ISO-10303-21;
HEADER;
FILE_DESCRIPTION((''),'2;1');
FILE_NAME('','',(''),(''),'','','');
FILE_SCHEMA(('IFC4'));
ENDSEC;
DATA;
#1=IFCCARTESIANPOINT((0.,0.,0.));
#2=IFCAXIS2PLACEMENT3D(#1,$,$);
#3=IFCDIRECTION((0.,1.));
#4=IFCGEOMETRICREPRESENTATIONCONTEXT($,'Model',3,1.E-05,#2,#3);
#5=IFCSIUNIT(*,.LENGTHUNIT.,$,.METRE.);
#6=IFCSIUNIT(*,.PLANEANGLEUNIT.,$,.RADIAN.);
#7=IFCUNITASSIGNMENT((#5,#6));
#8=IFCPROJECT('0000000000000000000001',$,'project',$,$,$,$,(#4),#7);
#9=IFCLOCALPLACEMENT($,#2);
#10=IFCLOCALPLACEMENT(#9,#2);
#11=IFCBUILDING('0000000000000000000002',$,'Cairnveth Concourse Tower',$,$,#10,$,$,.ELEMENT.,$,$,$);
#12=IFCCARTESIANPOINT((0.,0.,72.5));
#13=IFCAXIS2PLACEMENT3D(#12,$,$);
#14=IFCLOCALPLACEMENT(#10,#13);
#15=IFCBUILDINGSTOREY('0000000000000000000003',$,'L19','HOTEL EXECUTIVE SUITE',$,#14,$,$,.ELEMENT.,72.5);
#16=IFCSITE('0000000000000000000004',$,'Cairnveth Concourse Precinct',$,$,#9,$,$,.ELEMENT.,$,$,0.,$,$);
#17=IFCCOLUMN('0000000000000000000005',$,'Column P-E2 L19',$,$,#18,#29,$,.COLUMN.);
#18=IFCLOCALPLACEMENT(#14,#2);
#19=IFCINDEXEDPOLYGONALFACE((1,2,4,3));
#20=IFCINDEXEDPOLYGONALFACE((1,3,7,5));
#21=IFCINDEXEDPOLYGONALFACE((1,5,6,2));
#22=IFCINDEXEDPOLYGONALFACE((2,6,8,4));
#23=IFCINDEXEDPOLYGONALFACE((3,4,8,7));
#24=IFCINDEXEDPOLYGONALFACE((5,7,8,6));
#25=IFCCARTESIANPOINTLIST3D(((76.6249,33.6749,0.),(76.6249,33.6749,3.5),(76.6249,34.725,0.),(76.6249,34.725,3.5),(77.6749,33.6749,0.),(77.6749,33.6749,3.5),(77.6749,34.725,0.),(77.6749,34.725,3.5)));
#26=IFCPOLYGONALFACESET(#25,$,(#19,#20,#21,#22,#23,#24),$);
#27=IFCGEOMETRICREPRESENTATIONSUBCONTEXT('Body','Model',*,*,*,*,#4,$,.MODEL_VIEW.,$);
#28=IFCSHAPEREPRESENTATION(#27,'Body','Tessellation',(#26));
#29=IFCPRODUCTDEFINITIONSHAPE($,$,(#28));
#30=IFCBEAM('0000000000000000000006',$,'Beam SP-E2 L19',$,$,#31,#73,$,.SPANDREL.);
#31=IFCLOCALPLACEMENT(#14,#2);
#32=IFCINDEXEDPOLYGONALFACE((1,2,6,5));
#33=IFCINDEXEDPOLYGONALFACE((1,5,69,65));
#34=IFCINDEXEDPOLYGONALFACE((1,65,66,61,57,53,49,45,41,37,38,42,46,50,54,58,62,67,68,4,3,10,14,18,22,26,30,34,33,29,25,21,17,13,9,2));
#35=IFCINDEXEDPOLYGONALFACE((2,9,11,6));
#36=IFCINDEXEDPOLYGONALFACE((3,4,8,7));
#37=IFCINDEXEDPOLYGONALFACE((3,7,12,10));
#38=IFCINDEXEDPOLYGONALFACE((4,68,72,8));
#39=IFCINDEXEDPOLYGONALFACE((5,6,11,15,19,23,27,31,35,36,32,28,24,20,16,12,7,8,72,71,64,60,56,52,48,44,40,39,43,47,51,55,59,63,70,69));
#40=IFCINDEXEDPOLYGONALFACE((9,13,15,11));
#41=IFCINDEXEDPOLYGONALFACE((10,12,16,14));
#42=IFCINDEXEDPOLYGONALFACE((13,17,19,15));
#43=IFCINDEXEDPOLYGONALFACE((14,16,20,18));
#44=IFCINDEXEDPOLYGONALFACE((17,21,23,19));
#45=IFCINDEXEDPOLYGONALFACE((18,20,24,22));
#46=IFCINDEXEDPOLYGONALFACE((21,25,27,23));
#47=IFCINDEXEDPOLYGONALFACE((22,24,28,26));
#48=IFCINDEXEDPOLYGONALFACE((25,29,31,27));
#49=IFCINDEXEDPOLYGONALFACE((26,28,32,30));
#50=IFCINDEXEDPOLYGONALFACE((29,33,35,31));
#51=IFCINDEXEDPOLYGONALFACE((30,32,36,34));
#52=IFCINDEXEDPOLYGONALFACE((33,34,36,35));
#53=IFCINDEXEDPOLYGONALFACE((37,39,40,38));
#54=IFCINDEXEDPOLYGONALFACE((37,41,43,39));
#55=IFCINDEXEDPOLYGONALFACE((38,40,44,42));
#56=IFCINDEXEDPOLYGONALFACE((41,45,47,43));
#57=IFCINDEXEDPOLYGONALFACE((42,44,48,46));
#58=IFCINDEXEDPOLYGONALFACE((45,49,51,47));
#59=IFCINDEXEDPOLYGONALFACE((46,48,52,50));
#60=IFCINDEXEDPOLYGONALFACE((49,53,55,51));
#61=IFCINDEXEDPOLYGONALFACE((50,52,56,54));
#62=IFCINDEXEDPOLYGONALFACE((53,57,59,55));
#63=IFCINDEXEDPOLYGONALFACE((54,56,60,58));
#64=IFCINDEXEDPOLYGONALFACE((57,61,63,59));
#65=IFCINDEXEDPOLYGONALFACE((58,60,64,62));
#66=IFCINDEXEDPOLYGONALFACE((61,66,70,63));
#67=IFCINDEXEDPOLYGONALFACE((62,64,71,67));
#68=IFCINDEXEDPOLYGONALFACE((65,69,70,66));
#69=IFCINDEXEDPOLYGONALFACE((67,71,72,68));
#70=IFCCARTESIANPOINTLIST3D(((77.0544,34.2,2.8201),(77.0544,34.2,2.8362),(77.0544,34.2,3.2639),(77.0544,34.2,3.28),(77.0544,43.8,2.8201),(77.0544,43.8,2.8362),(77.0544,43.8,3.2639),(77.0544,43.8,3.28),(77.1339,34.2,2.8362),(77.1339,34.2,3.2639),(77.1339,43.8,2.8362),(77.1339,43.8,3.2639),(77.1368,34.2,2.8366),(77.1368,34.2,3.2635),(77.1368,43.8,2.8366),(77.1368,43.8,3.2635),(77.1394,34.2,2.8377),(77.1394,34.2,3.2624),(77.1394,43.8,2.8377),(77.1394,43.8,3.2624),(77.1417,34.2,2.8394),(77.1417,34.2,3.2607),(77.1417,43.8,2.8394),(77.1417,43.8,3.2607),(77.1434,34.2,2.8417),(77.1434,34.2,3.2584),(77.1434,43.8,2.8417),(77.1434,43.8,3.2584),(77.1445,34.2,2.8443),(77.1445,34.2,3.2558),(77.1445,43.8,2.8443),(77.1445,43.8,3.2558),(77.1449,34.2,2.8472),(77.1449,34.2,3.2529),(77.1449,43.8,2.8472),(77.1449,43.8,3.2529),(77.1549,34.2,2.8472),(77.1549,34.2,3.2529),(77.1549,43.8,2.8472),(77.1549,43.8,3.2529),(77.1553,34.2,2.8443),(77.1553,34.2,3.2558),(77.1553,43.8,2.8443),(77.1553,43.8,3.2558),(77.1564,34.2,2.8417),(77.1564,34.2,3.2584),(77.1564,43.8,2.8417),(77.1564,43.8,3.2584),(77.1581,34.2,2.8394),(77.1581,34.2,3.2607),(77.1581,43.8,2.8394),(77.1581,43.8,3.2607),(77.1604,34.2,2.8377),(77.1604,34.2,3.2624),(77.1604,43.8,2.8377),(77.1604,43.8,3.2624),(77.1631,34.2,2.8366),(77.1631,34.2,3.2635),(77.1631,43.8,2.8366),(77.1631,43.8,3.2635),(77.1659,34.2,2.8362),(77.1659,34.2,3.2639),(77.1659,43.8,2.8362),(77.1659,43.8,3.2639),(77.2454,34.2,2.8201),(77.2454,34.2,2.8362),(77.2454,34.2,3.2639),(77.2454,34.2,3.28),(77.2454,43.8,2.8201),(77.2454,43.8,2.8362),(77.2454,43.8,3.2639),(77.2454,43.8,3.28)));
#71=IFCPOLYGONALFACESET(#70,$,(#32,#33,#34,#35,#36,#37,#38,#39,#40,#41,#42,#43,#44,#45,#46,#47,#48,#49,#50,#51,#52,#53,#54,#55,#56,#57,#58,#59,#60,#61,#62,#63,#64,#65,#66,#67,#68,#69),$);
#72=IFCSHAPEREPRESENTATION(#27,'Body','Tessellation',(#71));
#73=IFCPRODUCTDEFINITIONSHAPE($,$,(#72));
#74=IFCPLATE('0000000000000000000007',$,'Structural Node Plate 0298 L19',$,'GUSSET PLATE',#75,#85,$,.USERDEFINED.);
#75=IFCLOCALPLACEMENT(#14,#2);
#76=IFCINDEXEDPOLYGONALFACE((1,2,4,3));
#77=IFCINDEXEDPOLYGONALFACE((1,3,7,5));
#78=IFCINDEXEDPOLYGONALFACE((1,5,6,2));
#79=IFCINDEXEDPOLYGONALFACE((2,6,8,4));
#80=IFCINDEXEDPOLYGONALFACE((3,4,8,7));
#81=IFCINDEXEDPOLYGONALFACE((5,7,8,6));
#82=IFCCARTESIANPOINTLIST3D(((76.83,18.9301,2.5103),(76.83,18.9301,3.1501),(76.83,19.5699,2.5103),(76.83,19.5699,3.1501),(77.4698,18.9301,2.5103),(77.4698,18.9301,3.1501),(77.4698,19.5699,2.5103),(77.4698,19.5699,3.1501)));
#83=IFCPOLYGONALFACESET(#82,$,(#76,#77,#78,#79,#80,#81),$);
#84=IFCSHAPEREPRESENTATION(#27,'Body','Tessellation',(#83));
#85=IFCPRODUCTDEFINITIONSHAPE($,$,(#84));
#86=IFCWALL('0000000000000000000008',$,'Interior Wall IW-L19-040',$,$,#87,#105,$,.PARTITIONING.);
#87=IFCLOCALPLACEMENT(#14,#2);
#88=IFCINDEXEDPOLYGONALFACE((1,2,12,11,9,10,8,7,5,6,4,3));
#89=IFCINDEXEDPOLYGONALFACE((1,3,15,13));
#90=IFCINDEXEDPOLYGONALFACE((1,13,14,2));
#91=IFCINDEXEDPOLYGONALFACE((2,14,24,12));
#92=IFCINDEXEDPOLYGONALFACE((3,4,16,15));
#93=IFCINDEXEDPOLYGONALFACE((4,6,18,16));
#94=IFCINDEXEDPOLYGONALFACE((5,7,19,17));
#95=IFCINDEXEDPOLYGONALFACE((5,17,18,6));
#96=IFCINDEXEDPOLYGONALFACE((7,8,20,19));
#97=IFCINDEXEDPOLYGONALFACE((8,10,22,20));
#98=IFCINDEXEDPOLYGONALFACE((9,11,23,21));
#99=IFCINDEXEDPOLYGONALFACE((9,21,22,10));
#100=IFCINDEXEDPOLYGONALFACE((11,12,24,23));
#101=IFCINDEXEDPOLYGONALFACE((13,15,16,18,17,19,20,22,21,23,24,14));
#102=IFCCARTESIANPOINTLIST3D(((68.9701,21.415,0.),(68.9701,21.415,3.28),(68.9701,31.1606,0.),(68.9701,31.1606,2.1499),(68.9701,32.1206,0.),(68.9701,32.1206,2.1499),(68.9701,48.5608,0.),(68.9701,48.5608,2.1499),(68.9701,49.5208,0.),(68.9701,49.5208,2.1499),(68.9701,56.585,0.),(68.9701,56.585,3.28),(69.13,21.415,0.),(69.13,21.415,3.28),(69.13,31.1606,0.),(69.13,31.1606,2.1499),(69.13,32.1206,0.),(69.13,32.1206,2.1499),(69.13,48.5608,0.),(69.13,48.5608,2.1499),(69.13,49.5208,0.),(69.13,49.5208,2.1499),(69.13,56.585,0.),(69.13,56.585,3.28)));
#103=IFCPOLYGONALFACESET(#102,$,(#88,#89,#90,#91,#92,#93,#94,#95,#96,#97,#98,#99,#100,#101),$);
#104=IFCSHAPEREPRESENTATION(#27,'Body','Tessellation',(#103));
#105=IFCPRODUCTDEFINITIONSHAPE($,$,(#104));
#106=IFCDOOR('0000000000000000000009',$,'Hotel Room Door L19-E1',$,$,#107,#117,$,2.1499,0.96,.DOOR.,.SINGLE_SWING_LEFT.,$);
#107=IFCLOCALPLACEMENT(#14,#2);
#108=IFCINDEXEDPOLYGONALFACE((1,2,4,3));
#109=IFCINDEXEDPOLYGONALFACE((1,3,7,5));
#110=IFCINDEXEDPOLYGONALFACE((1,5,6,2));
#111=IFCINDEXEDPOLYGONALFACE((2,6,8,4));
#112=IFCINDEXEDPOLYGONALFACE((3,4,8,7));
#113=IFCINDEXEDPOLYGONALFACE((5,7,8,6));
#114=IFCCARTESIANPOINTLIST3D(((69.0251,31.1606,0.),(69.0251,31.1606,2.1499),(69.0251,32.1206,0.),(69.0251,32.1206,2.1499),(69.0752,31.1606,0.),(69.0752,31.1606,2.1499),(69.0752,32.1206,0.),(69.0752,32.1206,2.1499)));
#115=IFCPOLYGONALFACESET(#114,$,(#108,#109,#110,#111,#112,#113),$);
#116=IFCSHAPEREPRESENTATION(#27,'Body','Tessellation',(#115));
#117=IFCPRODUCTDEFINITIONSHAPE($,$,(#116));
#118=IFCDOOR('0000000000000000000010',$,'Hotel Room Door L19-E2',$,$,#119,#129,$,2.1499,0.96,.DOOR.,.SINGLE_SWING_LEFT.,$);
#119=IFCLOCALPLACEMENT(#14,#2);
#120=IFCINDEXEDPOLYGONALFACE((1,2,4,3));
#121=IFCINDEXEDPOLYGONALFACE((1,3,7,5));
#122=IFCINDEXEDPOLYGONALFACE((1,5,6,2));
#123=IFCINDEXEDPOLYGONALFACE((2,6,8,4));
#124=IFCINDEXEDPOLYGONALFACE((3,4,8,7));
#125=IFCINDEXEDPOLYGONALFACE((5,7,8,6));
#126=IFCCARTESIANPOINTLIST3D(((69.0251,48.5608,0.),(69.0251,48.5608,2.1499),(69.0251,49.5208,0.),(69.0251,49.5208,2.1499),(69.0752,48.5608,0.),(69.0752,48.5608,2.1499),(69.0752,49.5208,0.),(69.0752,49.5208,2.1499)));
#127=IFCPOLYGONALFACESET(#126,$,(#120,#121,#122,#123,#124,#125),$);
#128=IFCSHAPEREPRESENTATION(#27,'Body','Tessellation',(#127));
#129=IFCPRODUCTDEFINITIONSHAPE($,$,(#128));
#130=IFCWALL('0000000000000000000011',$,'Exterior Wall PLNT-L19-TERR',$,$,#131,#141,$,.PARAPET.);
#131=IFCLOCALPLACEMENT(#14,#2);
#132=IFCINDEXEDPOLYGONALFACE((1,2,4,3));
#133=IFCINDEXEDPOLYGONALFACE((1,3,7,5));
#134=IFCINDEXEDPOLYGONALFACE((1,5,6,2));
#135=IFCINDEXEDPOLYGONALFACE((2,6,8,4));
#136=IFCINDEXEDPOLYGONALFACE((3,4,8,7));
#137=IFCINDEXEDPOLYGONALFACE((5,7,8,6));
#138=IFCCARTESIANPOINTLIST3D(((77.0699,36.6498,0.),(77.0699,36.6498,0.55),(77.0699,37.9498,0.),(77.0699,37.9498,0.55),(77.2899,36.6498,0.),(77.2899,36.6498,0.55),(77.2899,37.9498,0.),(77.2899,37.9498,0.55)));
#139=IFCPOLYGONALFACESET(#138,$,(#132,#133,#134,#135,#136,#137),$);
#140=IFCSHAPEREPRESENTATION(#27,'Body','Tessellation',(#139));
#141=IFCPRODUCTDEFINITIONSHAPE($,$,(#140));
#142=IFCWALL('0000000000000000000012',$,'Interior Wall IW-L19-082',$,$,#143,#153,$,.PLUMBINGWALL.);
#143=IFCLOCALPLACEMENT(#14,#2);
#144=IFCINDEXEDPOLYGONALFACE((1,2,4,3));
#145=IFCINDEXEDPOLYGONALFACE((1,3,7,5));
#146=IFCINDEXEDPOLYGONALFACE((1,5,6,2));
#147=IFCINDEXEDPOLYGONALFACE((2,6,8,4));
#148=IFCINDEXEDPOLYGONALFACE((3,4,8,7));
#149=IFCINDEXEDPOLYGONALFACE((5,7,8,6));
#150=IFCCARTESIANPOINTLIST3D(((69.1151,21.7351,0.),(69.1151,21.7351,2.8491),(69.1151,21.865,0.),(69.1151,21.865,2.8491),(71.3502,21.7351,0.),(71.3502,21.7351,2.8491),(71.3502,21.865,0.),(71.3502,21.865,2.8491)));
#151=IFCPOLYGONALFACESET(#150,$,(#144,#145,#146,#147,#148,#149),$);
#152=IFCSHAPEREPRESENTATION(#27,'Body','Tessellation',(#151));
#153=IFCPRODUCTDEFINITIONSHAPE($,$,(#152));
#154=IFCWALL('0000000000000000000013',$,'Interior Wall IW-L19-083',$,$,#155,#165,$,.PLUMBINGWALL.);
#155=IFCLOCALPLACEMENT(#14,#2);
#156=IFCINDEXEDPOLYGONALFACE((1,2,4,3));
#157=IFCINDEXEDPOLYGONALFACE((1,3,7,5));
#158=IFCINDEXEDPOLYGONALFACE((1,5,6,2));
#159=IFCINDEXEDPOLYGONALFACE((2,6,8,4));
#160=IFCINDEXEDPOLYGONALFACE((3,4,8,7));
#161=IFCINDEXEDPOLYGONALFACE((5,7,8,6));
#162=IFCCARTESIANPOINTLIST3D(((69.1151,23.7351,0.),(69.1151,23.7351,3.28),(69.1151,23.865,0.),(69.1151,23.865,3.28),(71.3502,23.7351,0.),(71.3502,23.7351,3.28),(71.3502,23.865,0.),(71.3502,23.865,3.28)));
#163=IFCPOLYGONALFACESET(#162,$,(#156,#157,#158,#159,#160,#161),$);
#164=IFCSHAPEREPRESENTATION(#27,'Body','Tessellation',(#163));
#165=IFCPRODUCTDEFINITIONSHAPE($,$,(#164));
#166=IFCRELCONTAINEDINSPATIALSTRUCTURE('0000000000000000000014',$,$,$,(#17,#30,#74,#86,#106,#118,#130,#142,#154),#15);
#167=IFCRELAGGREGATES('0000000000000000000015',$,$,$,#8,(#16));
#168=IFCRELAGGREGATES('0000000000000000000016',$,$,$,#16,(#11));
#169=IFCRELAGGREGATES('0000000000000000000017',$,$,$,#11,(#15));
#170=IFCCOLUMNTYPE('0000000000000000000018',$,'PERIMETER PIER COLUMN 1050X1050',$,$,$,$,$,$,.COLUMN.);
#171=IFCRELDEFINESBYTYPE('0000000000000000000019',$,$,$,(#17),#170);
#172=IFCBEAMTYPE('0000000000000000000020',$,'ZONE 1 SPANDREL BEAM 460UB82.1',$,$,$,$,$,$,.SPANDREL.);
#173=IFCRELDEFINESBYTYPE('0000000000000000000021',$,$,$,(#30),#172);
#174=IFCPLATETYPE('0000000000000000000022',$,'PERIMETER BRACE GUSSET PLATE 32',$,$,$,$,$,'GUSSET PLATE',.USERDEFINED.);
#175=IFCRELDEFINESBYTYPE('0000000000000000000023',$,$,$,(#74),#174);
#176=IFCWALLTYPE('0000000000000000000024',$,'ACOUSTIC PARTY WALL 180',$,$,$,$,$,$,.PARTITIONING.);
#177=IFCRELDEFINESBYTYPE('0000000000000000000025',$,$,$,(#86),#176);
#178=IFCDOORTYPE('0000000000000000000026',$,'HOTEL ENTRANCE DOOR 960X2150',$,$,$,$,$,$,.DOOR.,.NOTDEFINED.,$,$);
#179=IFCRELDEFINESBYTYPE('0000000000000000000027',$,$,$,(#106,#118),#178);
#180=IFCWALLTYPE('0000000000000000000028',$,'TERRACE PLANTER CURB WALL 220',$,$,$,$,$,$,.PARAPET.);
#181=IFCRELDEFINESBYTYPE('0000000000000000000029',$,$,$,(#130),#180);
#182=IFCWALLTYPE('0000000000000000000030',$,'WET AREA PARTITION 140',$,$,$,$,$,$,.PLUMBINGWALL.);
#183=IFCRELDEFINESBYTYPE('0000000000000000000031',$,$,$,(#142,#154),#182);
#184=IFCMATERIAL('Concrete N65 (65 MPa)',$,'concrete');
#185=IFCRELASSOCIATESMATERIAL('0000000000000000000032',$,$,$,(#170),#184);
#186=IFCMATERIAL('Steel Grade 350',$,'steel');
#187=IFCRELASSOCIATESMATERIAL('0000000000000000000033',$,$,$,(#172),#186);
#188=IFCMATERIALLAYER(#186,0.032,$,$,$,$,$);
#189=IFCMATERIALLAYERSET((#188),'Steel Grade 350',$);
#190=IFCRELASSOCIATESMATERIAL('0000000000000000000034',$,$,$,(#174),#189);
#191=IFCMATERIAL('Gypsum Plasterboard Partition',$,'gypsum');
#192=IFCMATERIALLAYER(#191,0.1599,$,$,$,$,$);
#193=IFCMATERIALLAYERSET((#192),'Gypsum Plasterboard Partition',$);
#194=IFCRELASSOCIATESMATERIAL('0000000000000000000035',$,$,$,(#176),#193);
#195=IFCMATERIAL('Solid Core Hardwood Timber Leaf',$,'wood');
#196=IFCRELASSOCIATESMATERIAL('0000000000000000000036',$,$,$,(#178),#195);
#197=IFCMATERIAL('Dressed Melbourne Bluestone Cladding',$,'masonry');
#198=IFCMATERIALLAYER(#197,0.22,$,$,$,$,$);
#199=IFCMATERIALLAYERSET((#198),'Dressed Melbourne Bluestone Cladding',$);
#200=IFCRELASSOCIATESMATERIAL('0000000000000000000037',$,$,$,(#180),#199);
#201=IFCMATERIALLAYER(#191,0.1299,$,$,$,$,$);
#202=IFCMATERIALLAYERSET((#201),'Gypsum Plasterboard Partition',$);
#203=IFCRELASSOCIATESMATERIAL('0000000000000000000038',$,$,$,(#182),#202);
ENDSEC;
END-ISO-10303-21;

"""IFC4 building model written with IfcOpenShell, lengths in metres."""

from ifc_helpers import new_model, si_unit, direction, frame, frame_2d, origin, origin_2d, place, context, subcontext, project, spatial, rectangle, i_section, extrude, material, layer, layer_set, material_profile, profile_set, type_object, element, fill, save


model = new_model("IFC4")

# Units and contexts
model_context = context("Model", 3, precision=1e-05, world=origin(), true_north=direction((0.0, 1.0)))
body_context = subcontext(model_context, "Body", "Model", "MODEL_VIEW")
ifc_project = project(units=[si_unit("LENGTHUNIT", "METRE"), si_unit("PLANEANGLEUNIT", "RADIAN")], contexts=[model_context])

# Site, building, storey
site_placement = place(None, origin())
site = spatial("IfcSite", under=ifc_project, at=site_placement, Name="Cairnveth Concourse Precinct", CompositionType="ELEMENT", RefElevation=0.0)
building_placement = place(site_placement, origin())
building = spatial("IfcBuilding", under=site, at=building_placement, Name="Cairnveth Concourse Tower", CompositionType="ELEMENT")
storey_placement = place(building_placement, frame((0.0, 0.0, 72.5)))
storey = spatial("IfcBuildingStorey", under=building, at=storey_placement, Name="L19", Description="HOTEL EXECUTIVE SUITE", CompositionType="ELEMENT", Elevation=72.5)

# Column
ifc_material_1 = material(Name="Concrete N65 (65 MPa)", Category="concrete")
ifc_material_profile_1 = material_profile(ifc_material_1, rectangle(XDim=1.05, YDim=1.05, at=origin_2d()), Name="RC-COL-1050x1050")
ifc_profile_set_1 = profile_set([ifc_material_profile_1], Name="Concrete N65 (65 MPa)")
column_type = type_object("IfcColumnType", Name="PERIMETER PIER COLUMN 1050X1050", PredefinedType="COLUMN", material=ifc_profile_set_1)
column_placement = place(storey_placement, frame((77.1499, 34.2, 0.0), z_axis=(0.0, 0.0, 1.0), x_axis=(0.0, 1.0, 0.0)))
element("IfcColumn", 1, at=column_placement, inside=storey, type_object=column_type, Name="Column P-E2 L19", PredefinedType="COLUMN", context=body_context, shape_type="SweptSolid", body=[
    extrude(rectangle(XDim=1.05, YDim=1.05, at=origin_2d()), origin(), (0.0, 0.0, 1.0), 3.5),
])

# Beam
ifc_material_2 = material(Name="Steel Grade 350", Category="steel")
ifc_material_profile_2 = material_profile(ifc_material_2, i_section(OverallWidth=0.1909, OverallDepth=0.46, WebThickness=0.01, FlangeThickness=0.0161, FilletRadius=0.011, at=origin_2d()), Name="460UB82.1")
ifc_profile_set_2 = profile_set([ifc_material_profile_2], Name="Steel Grade 350")
beam_type = type_object("IfcBeamType", Name="ZONE 1 SPANDREL BEAM 460UB82.1", PredefinedType="SPANDREL", material=ifc_profile_set_2)
beam_placement = place(storey_placement, frame((77.1499, 34.2, 3.05), z_axis=(0.0, 1.0, 0.0), x_axis=(-1.0, 0.0, 0.0)))
element("IfcBeam", 2, at=beam_placement, inside=storey, type_object=beam_type, Name="Beam SP-E2 L19", PredefinedType="SPANDREL", context=body_context, shape_type="SweptSolid", body=[
    extrude(i_section(OverallWidth=0.1909, OverallDepth=0.46, WebThickness=0.01, FlangeThickness=0.0161, FilletRadius=0.011, at=origin_2d()), origin(), (0.0, 0.0, 1.0), 9.6001),
])

# Plate
ifc_layer_1 = layer(ifc_material_2, 0.032)
ifc_layer_set_1 = layer_set([ifc_layer_1], Name="Steel Grade 350")
plate_type = type_object("IfcPlateType", Name="PERIMETER BRACE GUSSET PLATE 32", ElementType="GUSSET PLATE", PredefinedType="USERDEFINED", material=ifc_layer_set_1)
plate_placement = place(storey_placement, frame((77.1499, 19.25, 2.5103), z_axis=(0.0, 0.0, 1.0), x_axis=(1.0, 0.0, 0.0)))
element("IfcPlate", 3, at=plate_placement, inside=storey, type_object=plate_type, Name="Structural Node Plate 0298 L19", ObjectType="GUSSET PLATE", PredefinedType="USERDEFINED", context=body_context, shape_type="SweptSolid", body=[
    extrude(rectangle(XDim=0.6399, YDim=0.6399, at=origin_2d()), origin(), (0.0, 0.0, 1.0), 0.6399),
])

# Wall, openings, doors
ifc_material_3 = material(Name="Gypsum Plasterboard Partition", Category="gypsum")
ifc_layer_2 = layer(ifc_material_3, 0.1599)
ifc_layer_set_2 = layer_set([ifc_layer_2], Name="Gypsum Plasterboard Partition")
wall_type_1 = type_object("IfcWallType", Name="ACOUSTIC PARTY WALL 180", PredefinedType="PARTITIONING", material=ifc_layer_set_2)
wall_1_placement = place(storey_placement, frame((69.05, 21.415, 0.0), z_axis=(0.0, 0.0, 1.0), x_axis=(0.0, 1.0, 0.0)))
wall_1 = element("IfcWall", 4, at=wall_1_placement, inside=storey, type_object=wall_type_1, Name="Interior Wall IW-L19-040", PredefinedType="PARTITIONING", context=body_context, shape_type="SweptSolid", body=[
    extrude(rectangle(XDim=35.1699, YDim=0.1599, at=frame_2d((17.585, 0.0))), origin(), (0.0, 0.0, 1.0), 3.28),
])
opening_1_placement = place(wall_1_placement, frame((9.7456, 0.0, 0.0)))
opening_1 = element("IfcOpeningElement", 5, at=opening_1_placement, cuts=wall_1, PredefinedType="OPENING", context=body_context, shape_type="SweptSolid", body=[
    extrude(rectangle(XDim=0.96, YDim=2.1499, at=frame_2d((0.48, 1.075))), frame((0.0, 0.0898, 0.0), z_axis=(0.0, -1.0, 0.0), x_axis=(1.0, 0.0, 0.0)), (0.0, 0.0, 1.0), 0.1799),
])
opening_2_placement = place(wall_1_placement, frame((27.1458, 0.0, 0.0)))
opening_2 = element("IfcOpeningElement", 6, at=opening_2_placement, cuts=wall_1, PredefinedType="OPENING", context=body_context, shape_type="SweptSolid", body=[
    extrude(rectangle(XDim=0.96, YDim=2.1499, at=frame_2d((0.48, 1.075))), frame((0.0, 0.0898, 0.0), z_axis=(0.0, -1.0, 0.0), x_axis=(1.0, 0.0, 0.0)), (0.0, 0.0, 1.0), 0.1799),
])
ifc_material_4 = material(Name="Solid Core Hardwood Timber Leaf", Category="wood")
door_type_1 = type_object("IfcDoorType", Name="HOTEL ENTRANCE DOOR 960X2150", OperationType="NOTDEFINED", PredefinedType="DOOR", material=ifc_material_4)
door_1_placement = place(opening_1_placement, origin())
door_1 = element("IfcDoor", 7, at=door_1_placement, inside=storey, type_object=door_type_1, Name="Hotel Room Door L19-E1", OperationType="SINGLE_SWING_LEFT", OverallHeight=2.1499, OverallWidth=0.96, PredefinedType="DOOR", context=body_context, shape_type="SweptSolid", body=[
    extrude(rectangle(XDim=0.96, YDim=2.1499, at=frame_2d((0.48, 1.075))), frame((0.0, 0.0249, 0.0), z_axis=(0.0, -1.0, 0.0), x_axis=(1.0, 0.0, 0.0)), (0.0, 0.0, 1.0), 0.05),
])
fill(opening_1, door_1)
door_2_placement = place(opening_2_placement, origin())
door_2 = element("IfcDoor", 8, at=door_2_placement, inside=storey, type_object=door_type_1, Name="Hotel Room Door L19-E2", OperationType="SINGLE_SWING_LEFT", OverallHeight=2.1499, OverallWidth=0.96, PredefinedType="DOOR", context=body_context, shape_type="SweptSolid", body=[
    extrude(rectangle(XDim=0.96, YDim=2.1499, at=frame_2d((0.48, 1.075))), frame((0.0, 0.0249, 0.0), z_axis=(0.0, -1.0, 0.0), x_axis=(1.0, 0.0, 0.0)), (0.0, 0.0, 1.0), 0.05),
])
fill(opening_2, door_2)

# Walls
ifc_material_5 = material(Name="Dressed Melbourne Bluestone Cladding", Category="masonry")
ifc_layer_3 = layer(ifc_material_5, 0.22)
ifc_layer_set_3 = layer_set([ifc_layer_3], Name="Dressed Melbourne Bluestone Cladding")
wall_type_2 = type_object("IfcWallType", Name="TERRACE PLANTER CURB WALL 220", PredefinedType="PARAPET", material=ifc_layer_set_3)
wall_2_placement = place(storey_placement, frame((77.1799, 36.6499, 0.0), z_axis=(0.0, 0.0, 1.0), x_axis=(0.0, 1.0, 0.0)))
element("IfcWall", 9, at=wall_2_placement, inside=storey, type_object=wall_type_2, Name="Exterior Wall PLNT-L19-TERR", PredefinedType="PARAPET", context=body_context, shape_type="SweptSolid", body=[
    extrude(rectangle(XDim=1.3, YDim=0.22, at=frame_2d((0.6499, 0.0))), origin(), (0.0, 0.0, 1.0), 0.55),
])
ifc_layer_4 = layer(ifc_material_3, 0.1299)
ifc_layer_set_4 = layer_set([ifc_layer_4], Name="Gypsum Plasterboard Partition")
wall_type_3 = type_object("IfcWallType", Name="WET AREA PARTITION 140", PredefinedType="PLUMBINGWALL", material=ifc_layer_set_4)
wall_3_placement = place(storey_placement, frame((69.115, 21.8, 0.0), z_axis=(0.0, 0.0, 1.0), x_axis=(1.0, 0.0, 0.0)))
element("IfcWall", 10, at=wall_3_placement, inside=storey, type_object=wall_type_3, Name="Interior Wall IW-L19-082", PredefinedType="PLUMBINGWALL", context=body_context, shape_type="SweptSolid", body=[
    extrude(rectangle(XDim=2.2351, YDim=0.1299, at=frame_2d((1.1177, 0.0))), origin(), (0.0, 0.0, 1.0), 2.8491),
])
wall_4_placement = place(storey_placement, frame((69.115, 23.8, 0.0), z_axis=(0.0, 0.0, 1.0), x_axis=(1.0, 0.0, 0.0)))
element("IfcWall", 11, at=wall_4_placement, inside=storey, type_object=wall_type_3, Name="Interior Wall IW-L19-083", PredefinedType="PLUMBINGWALL", context=body_context, shape_type="SweptSolid", body=[
    extrude(rectangle(XDim=2.2351, YDim=0.1299, at=frame_2d((1.1177, 0.0))), origin(), (0.0, 0.0, 1.0), 3.28),
])

save(model, "model.ifc")
